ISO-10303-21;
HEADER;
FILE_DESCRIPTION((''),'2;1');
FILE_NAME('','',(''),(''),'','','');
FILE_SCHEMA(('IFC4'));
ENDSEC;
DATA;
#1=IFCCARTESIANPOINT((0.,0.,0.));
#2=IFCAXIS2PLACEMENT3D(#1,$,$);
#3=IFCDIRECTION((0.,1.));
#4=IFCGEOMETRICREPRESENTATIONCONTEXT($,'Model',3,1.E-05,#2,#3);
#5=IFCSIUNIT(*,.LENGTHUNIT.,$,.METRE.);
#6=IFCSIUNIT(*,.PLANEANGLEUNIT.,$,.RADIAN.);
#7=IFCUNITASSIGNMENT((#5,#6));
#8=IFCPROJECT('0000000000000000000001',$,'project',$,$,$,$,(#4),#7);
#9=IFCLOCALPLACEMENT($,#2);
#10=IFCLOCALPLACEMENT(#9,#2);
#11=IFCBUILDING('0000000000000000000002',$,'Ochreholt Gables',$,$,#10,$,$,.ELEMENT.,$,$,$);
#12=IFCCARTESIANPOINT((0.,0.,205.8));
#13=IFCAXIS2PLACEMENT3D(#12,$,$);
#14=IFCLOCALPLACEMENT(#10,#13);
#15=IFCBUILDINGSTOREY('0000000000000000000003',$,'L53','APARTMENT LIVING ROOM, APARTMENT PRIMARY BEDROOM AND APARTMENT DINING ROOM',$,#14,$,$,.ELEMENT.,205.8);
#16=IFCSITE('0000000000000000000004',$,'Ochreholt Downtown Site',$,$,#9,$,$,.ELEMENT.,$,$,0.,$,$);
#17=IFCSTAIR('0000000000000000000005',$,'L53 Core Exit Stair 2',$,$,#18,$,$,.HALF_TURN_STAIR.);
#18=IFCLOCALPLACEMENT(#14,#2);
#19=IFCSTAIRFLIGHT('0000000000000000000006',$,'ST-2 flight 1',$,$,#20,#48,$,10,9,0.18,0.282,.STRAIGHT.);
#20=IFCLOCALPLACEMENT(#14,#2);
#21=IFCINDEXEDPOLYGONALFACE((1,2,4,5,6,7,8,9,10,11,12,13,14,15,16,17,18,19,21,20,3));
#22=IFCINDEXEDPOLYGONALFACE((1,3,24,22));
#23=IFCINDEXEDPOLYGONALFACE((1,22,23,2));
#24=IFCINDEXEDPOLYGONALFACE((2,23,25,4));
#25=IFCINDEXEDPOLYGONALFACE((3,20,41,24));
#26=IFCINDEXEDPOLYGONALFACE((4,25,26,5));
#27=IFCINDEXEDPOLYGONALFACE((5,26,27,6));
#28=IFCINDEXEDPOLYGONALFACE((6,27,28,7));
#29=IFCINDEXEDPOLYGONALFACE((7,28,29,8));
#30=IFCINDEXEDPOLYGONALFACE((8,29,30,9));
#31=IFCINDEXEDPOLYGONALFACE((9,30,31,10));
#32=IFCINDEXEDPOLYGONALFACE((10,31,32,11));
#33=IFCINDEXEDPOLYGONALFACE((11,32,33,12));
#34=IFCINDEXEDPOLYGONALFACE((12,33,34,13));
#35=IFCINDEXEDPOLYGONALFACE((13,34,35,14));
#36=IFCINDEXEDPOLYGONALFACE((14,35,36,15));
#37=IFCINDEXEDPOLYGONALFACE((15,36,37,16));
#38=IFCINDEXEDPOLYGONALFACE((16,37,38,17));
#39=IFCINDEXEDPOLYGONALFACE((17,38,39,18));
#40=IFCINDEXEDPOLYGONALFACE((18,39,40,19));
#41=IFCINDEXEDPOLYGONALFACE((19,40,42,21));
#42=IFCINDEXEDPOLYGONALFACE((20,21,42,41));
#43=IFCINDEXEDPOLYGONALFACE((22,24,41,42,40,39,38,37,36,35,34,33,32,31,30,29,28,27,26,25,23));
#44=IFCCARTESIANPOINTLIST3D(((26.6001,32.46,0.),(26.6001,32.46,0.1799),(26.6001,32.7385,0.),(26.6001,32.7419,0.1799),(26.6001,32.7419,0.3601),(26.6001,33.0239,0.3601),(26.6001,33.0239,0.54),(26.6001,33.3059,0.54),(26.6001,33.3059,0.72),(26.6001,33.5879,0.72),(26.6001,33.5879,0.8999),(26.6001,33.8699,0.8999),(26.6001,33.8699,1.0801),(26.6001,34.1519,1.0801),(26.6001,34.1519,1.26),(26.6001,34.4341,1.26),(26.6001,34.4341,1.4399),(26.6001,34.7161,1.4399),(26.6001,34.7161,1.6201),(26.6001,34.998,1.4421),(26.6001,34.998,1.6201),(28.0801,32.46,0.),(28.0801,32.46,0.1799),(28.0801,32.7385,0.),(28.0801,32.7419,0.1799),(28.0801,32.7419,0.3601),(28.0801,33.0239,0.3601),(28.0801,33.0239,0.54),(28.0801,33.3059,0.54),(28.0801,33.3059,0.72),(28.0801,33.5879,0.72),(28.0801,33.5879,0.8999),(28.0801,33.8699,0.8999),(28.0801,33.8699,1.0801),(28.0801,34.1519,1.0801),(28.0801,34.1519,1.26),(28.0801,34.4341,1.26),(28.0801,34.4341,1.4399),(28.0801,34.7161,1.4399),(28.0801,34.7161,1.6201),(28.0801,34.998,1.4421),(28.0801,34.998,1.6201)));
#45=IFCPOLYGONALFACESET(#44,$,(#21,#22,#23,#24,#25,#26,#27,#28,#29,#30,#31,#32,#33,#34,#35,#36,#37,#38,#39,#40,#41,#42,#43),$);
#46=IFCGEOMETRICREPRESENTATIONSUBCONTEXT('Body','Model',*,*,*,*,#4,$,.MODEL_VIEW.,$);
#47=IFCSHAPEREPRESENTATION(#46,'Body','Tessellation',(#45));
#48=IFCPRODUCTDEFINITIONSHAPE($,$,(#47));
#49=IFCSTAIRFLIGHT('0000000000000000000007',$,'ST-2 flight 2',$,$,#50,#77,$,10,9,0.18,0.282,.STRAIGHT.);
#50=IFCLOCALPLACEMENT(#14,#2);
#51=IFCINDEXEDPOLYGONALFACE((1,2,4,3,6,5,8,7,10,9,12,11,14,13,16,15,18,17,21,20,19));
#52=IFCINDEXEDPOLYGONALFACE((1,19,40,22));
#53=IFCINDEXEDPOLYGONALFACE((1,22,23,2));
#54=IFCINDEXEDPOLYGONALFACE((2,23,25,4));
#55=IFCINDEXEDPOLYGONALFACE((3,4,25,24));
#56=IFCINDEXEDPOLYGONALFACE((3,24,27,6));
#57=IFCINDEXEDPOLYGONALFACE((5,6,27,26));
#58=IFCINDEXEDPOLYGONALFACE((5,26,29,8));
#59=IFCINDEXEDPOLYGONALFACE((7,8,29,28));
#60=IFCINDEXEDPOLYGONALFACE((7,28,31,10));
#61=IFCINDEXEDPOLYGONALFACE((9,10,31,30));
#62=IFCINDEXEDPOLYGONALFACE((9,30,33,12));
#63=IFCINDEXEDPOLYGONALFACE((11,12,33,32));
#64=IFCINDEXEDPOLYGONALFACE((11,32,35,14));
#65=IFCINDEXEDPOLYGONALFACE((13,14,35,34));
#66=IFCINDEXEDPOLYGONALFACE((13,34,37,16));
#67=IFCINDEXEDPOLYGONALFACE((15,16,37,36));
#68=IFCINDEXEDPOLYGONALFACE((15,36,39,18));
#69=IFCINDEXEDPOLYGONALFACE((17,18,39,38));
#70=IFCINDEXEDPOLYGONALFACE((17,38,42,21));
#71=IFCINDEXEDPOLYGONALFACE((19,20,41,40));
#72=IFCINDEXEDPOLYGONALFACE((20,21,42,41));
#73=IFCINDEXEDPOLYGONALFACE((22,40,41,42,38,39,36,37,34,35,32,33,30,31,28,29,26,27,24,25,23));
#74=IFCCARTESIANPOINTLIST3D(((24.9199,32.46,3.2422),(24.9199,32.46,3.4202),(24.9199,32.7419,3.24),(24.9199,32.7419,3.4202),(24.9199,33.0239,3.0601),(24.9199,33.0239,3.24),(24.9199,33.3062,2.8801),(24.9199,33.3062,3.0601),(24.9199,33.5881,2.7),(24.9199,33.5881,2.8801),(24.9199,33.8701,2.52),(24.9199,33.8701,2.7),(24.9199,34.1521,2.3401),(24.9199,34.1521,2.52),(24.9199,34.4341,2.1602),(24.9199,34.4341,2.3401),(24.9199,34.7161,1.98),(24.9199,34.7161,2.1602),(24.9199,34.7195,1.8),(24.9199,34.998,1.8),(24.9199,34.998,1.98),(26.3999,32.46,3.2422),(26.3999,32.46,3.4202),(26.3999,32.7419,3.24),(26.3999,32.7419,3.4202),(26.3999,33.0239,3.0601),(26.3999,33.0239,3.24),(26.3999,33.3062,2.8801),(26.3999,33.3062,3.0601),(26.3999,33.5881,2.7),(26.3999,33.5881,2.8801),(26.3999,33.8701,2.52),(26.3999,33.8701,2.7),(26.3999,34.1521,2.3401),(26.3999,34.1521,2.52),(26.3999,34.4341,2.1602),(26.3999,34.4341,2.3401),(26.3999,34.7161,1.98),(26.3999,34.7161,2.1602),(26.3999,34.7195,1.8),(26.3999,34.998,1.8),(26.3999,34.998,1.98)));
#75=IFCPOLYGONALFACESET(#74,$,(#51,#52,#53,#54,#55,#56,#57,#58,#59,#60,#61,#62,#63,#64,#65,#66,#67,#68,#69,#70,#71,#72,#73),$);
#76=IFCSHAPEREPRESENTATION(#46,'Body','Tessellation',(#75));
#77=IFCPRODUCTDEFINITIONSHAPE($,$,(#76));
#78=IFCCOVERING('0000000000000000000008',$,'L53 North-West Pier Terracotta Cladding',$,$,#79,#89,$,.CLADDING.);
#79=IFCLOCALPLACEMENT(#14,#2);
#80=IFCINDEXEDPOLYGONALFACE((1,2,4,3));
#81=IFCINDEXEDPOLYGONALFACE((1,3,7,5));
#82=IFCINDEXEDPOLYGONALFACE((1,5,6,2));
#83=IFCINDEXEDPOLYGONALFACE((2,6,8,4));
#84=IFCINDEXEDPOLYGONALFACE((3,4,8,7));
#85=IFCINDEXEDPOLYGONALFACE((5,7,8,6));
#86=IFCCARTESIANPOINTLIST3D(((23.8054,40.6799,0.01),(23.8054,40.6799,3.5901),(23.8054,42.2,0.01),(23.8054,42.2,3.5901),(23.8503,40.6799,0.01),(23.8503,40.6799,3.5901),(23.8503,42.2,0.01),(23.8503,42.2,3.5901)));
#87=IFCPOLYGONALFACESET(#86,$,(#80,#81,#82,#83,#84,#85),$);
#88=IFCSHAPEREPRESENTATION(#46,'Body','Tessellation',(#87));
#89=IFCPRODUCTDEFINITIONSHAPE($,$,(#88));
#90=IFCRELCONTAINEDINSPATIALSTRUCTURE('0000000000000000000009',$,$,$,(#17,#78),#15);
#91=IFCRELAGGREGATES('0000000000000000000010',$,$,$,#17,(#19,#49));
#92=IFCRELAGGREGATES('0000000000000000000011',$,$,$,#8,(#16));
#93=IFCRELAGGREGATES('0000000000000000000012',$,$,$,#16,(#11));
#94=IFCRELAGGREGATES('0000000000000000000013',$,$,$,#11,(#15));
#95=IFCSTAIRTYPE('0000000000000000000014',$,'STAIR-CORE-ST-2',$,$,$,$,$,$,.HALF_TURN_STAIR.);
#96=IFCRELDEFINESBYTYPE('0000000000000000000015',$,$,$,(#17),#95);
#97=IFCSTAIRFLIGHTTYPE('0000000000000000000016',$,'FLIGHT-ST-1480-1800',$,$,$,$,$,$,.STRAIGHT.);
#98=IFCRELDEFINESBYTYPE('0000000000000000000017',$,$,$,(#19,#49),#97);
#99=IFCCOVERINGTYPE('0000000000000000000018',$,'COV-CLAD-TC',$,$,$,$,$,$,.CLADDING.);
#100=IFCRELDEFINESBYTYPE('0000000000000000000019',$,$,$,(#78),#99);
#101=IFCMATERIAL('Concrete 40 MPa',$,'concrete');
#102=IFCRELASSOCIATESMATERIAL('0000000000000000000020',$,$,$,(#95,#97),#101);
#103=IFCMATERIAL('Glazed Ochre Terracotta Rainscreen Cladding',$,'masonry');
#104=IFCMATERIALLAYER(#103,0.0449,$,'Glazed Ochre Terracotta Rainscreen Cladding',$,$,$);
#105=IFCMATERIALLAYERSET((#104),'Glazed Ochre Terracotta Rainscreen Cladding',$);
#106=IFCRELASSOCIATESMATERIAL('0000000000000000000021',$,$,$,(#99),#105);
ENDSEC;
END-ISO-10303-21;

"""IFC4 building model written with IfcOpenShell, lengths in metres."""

from ifc_helpers import new_model, si_unit, direction, frame, origin, origin_2d, place, context, subcontext, project, spatial, polyline, rectangle, outline, extrude, material, layer, layer_set, type_object, element, aggregate, save


model = new_model("IFC4")

# Units and contexts
model_context = context("Model", 3, precision=1e-05, world=origin(), true_north=direction((0.0, 1.0)))
body_context = subcontext(model_context, "Body", "Model", "MODEL_VIEW")
ifc_project = project(units=[si_unit("LENGTHUNIT", "METRE"), si_unit("PLANEANGLEUNIT", "RADIAN")], contexts=[model_context])

# Site, building, storey
site_placement = place(None, origin())
site = spatial("IfcSite", under=ifc_project, at=site_placement, Name="Ochreholt Downtown Site", CompositionType="ELEMENT", RefElevation=0.0)
building_placement = place(site_placement, origin())
building = spatial("IfcBuilding", under=site, at=building_placement, Name="Ochreholt Gables", CompositionType="ELEMENT")
storey_placement = place(building_placement, frame((0.0, 0.0, 205.8)))
storey = spatial("IfcBuildingStorey", under=building, at=storey_placement, Name="L53", Description="APARTMENT LIVING ROOM, APARTMENT PRIMARY BEDROOM AND APARTMENT DINING ROOM", CompositionType="ELEMENT", Elevation=205.8)

# Stair, stair flights
ifc_material_1 = material(Name="Concrete 40 MPa", Category="concrete")
stair_type = type_object("IfcStairType", Name="STAIR-CORE-ST-2", PredefinedType="HALF_TURN_STAIR", material=ifc_material_1)
stair_placement = place(storey_placement, origin())
stair = element("IfcStair", 1, at=stair_placement, inside=storey, type_object=stair_type, Name="L53 Core Exit Stair 2", PredefinedType="HALF_TURN_STAIR")
stair_flight_type = type_object("IfcStairFlightType", Name="FLIGHT-ST-1480-1800", PredefinedType="STRAIGHT", material=ifc_material_1)
stair_flight_1_placement = place(storey_placement, frame((27.3401, 32.46, 0.0), z_axis=(0.0, 0.0, 1.0), x_axis=(0.0, 1.0, 0.0)))
stair_flight_1 = element("IfcStairFlight", 2, at=stair_flight_1_placement, type_object=stair_flight_type, Name="ST-2 flight 1", NumberOfRisers=10, NumberOfTreads=9, PredefinedType="STRAIGHT", RiserHeight=0.18, TreadLength=0.282, context=body_context, shape_type="SweptSolid", body=[
    extrude(outline(polyline([(0.0, 0.0), (0.0, 0.1799), (0.282, 0.1799), (0.282, 0.3601), (0.564, 0.3601), (0.564, 0.54), (0.8459, 0.54), (0.8459, 0.72), (1.1279, 0.72), (1.1279, 0.8999), (1.4099, 0.8999), (1.4099, 1.0801), (1.6919, 1.0801), (1.6919, 1.26), (1.9741, 1.26), (1.9741, 1.4399), (2.2561, 1.4399), (2.2561, 1.6201), (2.5381, 1.6201), (2.5381, 1.8), (2.5381, 1.4421), (0.2786, 0.0), (0.0, 0.0)])), frame((0.0, 0.74, 0.0), z_axis=(0.0, -1.0, 0.0), x_axis=(1.0, 0.0, 0.0)), (0.0, 0.0, 1.0), 1.48),
])
stair_flight_2_placement = place(storey_placement, frame((25.6599, 34.998, 1.8), z_axis=(0.0, 0.0, 1.0), x_axis=(0.0, -1.0, 0.0)))
stair_flight_2 = element("IfcStairFlight", 3, at=stair_flight_2_placement, type_object=stair_flight_type, Name="ST-2 flight 2", NumberOfRisers=10, NumberOfTreads=9, PredefinedType="STRAIGHT", RiserHeight=0.18, TreadLength=0.282, context=body_context, shape_type="SweptSolid", body=[
    extrude(outline(polyline([(0.0, 0.0), (0.0, 0.1799), (0.282, 0.1799), (0.282, 0.3601), (0.564, 0.3601), (0.564, 0.54), (0.8459, 0.54), (0.8459, 0.72), (1.1279, 0.72), (1.1279, 0.8999), (1.4099, 0.8999), (1.4099, 1.0801), (1.6919, 1.0801), (1.6919, 1.26), (1.9741, 1.26), (1.9741, 1.4399), (2.2561, 1.4399), (2.2561, 1.6201), (2.5381, 1.6201), (2.5381, 1.8), (2.5381, 1.4421), (0.2786, 0.0), (0.0, 0.0)])), frame((0.0, 0.74, 0.0), z_axis=(0.0, -1.0, 0.0), x_axis=(1.0, 0.0, 0.0)), (0.0, 0.0, 1.0), 1.48),
])
aggregate(stair, [stair_flight_1, stair_flight_2])

# Covering
ifc_material_2 = material(Name="Glazed Ochre Terracotta Rainscreen Cladding", Category="masonry")
ifc_layer_1 = layer(ifc_material_2, 0.0449, Name="Glazed Ochre Terracotta Rainscreen Cladding")
ifc_layer_set_1 = layer_set([ifc_layer_1], Name="Glazed Ochre Terracotta Rainscreen Cladding")
covering_type = type_object("IfcCoveringType", Name="COV-CLAD-TC", PredefinedType="CLADDING", material=ifc_layer_set_1)
covering_placement = place(storey_placement, frame((23.8279, 41.4399, 0.01), z_axis=(0.0, 0.0, 1.0), x_axis=(0.0, 1.0, 0.0)))
element("IfcCovering", 4, at=covering_placement, inside=storey, type_object=covering_type, Name="L53 North-West Pier Terracotta Cladding", PredefinedType="CLADDING", context=body_context, shape_type="SweptSolid", body=[
    extrude(rectangle(XDim=1.52, YDim=0.0449, at=origin_2d()), origin(), (0.0, 0.0, 1.0), 3.5801),
])

save(model, "model.ifc")
